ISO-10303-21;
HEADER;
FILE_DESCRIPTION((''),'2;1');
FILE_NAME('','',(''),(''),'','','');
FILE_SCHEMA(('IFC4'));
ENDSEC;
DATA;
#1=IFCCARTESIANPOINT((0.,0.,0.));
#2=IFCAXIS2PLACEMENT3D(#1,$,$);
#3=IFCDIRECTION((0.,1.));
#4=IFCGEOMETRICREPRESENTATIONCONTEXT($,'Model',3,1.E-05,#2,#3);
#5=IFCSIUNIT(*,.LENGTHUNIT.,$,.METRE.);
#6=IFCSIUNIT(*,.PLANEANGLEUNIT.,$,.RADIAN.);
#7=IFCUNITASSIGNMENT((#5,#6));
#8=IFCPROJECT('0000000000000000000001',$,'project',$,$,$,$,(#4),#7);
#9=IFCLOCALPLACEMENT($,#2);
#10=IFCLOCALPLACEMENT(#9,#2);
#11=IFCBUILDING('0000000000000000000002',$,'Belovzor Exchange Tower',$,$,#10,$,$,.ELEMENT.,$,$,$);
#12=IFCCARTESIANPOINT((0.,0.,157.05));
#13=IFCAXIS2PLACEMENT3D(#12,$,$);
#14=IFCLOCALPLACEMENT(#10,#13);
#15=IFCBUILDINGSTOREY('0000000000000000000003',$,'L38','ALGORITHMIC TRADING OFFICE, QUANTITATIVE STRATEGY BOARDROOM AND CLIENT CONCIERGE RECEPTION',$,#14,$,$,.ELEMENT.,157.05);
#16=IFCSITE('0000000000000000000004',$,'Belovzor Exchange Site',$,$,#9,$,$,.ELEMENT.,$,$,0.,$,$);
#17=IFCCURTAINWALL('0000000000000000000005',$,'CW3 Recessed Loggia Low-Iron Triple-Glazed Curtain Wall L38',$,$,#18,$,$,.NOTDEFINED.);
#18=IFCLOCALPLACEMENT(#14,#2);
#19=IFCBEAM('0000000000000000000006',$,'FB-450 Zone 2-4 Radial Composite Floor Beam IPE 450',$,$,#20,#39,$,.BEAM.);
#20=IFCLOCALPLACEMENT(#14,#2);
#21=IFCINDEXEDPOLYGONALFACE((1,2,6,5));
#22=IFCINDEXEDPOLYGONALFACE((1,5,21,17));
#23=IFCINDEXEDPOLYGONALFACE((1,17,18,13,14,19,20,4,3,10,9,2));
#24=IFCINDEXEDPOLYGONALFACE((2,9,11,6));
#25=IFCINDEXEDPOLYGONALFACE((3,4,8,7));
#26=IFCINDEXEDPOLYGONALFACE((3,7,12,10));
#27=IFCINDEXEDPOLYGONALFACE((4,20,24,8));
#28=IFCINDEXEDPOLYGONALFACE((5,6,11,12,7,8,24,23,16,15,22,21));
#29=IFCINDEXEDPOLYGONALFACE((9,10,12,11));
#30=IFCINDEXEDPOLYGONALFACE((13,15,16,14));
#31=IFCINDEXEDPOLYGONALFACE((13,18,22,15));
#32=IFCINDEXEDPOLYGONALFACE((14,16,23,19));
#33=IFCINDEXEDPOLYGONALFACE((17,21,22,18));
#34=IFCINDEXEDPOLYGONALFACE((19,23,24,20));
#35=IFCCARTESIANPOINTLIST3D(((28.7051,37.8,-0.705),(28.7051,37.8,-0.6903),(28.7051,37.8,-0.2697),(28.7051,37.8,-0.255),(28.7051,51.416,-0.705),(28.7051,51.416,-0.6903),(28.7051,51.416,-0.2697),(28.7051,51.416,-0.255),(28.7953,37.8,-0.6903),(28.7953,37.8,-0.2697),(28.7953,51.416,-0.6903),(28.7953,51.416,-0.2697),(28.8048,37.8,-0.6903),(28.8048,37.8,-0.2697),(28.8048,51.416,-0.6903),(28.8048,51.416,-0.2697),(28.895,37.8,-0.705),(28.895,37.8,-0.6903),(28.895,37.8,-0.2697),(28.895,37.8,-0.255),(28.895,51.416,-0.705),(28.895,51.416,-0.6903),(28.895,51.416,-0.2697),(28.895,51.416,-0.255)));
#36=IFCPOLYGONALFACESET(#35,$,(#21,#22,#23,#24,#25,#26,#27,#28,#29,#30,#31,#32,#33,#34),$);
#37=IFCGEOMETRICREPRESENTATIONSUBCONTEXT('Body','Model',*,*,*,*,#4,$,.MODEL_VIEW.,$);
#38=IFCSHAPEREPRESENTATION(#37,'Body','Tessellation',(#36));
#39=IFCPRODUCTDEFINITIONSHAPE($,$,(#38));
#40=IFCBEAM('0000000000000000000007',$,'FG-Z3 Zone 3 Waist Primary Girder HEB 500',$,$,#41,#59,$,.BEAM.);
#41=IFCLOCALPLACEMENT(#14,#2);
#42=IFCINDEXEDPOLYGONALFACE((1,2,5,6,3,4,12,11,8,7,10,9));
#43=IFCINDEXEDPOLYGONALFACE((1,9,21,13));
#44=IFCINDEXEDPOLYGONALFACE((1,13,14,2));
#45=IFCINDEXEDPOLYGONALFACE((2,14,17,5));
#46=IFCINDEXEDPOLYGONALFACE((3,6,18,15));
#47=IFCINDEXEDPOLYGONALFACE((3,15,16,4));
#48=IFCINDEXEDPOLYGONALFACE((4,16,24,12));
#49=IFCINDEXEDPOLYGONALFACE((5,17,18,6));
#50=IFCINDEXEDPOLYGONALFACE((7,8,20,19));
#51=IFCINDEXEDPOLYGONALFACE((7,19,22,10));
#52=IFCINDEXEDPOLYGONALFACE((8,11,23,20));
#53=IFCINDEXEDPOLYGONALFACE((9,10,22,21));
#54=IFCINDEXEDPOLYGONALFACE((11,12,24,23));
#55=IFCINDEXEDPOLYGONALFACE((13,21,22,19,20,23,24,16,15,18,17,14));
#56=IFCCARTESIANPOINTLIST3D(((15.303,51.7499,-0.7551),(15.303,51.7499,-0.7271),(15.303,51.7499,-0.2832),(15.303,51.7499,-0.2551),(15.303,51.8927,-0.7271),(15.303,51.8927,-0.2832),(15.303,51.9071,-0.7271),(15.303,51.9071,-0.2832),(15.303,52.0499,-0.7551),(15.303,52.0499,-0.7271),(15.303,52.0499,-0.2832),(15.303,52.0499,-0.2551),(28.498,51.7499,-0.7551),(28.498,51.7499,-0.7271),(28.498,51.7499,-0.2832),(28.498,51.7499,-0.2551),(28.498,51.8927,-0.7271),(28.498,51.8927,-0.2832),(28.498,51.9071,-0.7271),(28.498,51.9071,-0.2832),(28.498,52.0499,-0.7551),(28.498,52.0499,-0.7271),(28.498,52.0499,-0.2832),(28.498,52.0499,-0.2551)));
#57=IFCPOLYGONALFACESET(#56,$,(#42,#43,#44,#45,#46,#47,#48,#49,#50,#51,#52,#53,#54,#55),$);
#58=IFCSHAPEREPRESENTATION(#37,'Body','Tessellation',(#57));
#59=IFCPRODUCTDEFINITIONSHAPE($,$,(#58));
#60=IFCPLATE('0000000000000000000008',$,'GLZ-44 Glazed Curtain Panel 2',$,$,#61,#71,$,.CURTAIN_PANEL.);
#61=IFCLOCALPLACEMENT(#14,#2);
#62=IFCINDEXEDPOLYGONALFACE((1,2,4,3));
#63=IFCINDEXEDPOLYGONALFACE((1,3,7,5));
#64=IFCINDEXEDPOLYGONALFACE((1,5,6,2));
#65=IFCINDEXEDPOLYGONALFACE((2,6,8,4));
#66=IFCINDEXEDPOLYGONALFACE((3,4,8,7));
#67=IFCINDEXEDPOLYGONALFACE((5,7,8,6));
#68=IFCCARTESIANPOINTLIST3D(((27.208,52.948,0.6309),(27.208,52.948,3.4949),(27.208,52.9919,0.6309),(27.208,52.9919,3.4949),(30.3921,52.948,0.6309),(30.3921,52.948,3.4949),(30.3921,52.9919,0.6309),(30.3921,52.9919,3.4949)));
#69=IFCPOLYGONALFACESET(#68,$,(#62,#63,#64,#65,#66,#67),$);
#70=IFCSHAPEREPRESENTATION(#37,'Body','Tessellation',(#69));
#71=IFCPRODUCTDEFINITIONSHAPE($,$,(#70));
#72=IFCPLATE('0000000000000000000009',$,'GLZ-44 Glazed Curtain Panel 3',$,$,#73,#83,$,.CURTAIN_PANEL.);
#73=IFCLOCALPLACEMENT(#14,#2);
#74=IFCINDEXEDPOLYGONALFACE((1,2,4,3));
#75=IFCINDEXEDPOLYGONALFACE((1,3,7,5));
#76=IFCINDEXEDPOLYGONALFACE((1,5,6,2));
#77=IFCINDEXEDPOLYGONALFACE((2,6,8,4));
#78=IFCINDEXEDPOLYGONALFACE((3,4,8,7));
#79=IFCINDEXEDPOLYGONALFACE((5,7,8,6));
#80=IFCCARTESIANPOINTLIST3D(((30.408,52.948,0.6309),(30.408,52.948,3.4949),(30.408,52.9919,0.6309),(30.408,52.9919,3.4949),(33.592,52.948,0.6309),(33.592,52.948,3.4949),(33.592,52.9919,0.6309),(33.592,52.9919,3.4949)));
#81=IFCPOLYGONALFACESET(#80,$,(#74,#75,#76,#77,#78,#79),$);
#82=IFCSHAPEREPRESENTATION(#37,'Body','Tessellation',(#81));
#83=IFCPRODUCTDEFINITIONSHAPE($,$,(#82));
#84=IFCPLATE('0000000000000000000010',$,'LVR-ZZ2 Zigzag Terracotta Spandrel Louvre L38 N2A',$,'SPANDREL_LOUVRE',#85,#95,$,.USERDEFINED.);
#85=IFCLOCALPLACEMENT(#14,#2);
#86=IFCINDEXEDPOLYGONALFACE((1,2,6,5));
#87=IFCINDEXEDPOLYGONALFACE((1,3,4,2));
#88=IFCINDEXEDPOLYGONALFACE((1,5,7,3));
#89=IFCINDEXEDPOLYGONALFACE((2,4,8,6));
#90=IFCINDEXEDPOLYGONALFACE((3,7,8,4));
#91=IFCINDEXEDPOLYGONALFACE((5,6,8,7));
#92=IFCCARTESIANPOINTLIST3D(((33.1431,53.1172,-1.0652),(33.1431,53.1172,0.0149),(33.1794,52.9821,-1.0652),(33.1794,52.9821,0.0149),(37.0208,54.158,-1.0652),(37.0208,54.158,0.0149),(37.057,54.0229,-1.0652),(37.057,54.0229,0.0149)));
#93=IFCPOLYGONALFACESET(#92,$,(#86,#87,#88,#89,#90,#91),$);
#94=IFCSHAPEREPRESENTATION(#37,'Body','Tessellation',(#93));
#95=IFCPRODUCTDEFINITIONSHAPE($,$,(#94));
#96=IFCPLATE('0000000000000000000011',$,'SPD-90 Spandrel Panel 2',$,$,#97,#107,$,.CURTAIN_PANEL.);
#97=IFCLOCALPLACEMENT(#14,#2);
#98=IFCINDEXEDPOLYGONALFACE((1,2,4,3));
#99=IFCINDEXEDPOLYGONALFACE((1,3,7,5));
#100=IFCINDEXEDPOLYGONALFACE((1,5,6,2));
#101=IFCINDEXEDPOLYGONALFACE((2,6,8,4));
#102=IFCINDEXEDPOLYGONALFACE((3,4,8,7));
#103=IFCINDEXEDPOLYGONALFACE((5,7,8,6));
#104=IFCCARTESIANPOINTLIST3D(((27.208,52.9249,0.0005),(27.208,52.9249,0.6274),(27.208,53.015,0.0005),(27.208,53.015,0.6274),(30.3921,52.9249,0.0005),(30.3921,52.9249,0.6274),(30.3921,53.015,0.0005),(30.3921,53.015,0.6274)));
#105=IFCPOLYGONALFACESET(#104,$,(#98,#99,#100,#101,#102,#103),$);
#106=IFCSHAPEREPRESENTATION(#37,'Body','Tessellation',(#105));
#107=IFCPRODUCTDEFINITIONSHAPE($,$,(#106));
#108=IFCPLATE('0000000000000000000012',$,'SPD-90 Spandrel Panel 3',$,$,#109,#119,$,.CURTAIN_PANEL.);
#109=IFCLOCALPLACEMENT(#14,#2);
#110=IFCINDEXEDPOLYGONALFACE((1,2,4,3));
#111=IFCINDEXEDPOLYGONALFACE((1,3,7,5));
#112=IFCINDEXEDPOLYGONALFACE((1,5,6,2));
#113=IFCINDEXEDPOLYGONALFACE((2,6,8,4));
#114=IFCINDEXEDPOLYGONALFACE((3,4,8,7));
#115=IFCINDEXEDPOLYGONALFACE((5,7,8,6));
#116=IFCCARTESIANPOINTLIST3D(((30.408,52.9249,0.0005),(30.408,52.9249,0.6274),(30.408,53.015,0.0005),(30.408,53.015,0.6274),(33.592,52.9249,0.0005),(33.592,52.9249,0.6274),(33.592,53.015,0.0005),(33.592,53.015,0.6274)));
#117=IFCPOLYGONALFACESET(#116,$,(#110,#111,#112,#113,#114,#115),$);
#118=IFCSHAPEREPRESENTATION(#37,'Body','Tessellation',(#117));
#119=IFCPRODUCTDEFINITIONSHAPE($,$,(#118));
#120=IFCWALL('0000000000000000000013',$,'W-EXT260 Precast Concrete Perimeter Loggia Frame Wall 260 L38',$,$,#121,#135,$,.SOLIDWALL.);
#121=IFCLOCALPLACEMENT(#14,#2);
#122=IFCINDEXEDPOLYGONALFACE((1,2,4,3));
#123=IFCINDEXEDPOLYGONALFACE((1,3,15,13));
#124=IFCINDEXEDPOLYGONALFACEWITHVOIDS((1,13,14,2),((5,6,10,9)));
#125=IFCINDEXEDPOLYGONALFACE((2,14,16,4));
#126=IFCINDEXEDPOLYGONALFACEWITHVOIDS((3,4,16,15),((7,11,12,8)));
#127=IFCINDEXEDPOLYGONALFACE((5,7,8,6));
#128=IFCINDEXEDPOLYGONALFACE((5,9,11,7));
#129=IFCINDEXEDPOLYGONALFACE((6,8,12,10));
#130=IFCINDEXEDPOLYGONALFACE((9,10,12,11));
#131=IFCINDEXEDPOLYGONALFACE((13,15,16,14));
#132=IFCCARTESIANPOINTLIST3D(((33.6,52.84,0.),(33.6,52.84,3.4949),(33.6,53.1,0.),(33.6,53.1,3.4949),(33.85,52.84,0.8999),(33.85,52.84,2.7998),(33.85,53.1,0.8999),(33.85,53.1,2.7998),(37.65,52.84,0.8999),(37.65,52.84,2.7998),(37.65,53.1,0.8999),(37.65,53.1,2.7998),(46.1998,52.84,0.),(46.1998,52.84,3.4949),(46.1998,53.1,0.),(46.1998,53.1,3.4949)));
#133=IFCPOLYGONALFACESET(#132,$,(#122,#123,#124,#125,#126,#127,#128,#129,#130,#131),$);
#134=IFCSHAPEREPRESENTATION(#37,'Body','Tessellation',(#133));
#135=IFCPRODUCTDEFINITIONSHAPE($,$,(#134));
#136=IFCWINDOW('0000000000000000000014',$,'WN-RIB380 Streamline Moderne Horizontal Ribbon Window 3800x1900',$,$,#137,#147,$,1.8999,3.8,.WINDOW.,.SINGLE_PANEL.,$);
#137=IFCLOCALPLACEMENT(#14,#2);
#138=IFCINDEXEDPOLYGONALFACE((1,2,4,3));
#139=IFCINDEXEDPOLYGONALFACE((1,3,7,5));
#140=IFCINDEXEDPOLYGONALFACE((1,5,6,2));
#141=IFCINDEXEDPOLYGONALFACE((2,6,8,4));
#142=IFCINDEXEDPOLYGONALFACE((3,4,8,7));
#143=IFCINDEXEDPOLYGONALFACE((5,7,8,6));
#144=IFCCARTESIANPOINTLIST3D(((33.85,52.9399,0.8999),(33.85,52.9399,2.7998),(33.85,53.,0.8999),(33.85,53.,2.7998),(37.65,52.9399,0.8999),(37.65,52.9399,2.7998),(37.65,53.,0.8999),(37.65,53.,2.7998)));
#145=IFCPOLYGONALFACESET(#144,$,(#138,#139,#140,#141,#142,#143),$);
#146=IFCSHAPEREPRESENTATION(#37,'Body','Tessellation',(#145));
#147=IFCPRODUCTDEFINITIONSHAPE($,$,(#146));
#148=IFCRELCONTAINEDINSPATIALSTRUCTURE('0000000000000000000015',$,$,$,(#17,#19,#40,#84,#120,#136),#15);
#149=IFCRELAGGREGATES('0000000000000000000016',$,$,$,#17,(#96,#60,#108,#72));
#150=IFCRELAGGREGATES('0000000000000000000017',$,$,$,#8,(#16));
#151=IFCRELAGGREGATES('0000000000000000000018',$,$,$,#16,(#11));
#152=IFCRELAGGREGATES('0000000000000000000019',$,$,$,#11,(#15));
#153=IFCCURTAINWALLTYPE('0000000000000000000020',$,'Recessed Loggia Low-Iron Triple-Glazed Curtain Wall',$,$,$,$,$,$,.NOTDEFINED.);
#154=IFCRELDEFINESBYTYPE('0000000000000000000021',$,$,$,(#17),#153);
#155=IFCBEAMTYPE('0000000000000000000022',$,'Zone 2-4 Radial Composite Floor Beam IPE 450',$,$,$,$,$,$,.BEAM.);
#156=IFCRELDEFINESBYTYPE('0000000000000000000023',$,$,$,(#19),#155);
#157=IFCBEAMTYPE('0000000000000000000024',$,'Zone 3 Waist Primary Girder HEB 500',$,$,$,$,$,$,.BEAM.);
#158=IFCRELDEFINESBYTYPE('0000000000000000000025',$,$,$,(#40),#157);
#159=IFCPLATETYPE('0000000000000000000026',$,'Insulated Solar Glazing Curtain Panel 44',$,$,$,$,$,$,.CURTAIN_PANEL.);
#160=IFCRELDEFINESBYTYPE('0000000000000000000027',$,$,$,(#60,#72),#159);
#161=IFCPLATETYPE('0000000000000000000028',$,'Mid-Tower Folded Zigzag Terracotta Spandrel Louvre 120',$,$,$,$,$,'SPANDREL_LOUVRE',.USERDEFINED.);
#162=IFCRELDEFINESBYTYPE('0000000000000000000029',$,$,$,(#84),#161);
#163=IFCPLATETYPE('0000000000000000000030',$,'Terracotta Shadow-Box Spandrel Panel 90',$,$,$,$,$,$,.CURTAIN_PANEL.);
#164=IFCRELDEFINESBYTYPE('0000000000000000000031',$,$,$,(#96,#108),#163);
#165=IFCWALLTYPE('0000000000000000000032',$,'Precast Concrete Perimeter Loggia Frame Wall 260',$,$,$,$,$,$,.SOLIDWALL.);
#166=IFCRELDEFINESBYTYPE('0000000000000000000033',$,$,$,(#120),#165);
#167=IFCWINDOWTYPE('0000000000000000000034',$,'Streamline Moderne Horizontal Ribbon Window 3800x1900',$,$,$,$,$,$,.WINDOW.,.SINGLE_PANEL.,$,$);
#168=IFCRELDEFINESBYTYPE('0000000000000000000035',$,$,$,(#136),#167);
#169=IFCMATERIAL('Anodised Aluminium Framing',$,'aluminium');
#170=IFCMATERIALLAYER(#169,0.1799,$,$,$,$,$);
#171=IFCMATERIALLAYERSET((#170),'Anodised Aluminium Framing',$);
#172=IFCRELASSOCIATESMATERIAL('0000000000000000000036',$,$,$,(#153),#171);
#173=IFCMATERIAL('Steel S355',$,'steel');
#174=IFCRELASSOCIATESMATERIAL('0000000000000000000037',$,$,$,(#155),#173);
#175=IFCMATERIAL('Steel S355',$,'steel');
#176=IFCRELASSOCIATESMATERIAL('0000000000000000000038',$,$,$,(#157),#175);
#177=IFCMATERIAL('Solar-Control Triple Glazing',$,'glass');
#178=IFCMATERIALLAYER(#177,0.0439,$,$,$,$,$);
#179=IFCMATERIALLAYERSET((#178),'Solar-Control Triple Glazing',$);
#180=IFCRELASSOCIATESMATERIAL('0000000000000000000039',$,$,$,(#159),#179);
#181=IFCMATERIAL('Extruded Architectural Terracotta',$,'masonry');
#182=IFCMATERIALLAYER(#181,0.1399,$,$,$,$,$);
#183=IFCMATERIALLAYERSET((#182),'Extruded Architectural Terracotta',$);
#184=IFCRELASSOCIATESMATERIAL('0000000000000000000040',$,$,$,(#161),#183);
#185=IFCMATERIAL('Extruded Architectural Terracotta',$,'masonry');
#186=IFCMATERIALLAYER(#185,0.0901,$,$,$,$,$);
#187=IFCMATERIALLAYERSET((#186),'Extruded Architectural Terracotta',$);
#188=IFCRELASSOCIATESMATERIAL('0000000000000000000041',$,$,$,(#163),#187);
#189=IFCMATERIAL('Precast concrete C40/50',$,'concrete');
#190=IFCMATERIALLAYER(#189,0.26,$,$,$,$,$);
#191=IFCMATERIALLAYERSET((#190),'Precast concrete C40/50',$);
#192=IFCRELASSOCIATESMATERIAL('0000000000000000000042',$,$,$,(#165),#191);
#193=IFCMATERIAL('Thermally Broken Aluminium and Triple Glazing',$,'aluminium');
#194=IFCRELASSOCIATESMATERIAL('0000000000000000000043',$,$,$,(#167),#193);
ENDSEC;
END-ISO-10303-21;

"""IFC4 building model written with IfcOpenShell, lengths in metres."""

from ifc_helpers import new_model, si_unit, direction, frame, frame_2d, origin, origin_2d, place, context, subcontext, project, spatial, rectangle, i_section, extrude, material, layer, layer_set, material_profile, profile_set, type_object, element, fill, aggregate, save


model = new_model("IFC4")

# Units and contexts
model_context = context("Model", 3, precision=1e-05, world=origin(), true_north=direction((0.0, 1.0)))
body_context = subcontext(model_context, "Body", "Model", "MODEL_VIEW")
ifc_project = project(units=[si_unit("LENGTHUNIT", "METRE"), si_unit("PLANEANGLEUNIT", "RADIAN")], contexts=[model_context])

# Site, building, storey
site_placement = place(None, origin())
site = spatial("IfcSite", under=ifc_project, at=site_placement, Name="Belovzor Exchange Site", CompositionType="ELEMENT", RefElevation=0.0)
building_placement = place(site_placement, origin())
building = spatial("IfcBuilding", under=site, at=building_placement, Name="Belovzor Exchange Tower", CompositionType="ELEMENT")
storey_placement = place(building_placement, frame((0.0, 0.0, 157.05)))
storey = spatial("IfcBuildingStorey", under=building, at=storey_placement, Name="L38", Description="ALGORITHMIC TRADING OFFICE, QUANTITATIVE STRATEGY BOARDROOM AND CLIENT CONCIERGE RECEPTION", CompositionType="ELEMENT", Elevation=157.05)

# Curtain wall
ifc_material_1 = material(Name="Anodised Aluminium Framing", Category="aluminium")
ifc_layer_1 = layer(ifc_material_1, 0.1799)
ifc_layer_set_1 = layer_set([ifc_layer_1], Name="Anodised Aluminium Framing")
curtain_wall_type = type_object("IfcCurtainWallType", Name="Recessed Loggia Low-Iron Triple-Glazed Curtain Wall", PredefinedType="NOTDEFINED", material=ifc_layer_set_1)
curtain_wall_placement = place(storey_placement, origin())
curtain_wall = element("IfcCurtainWall", 1, at=curtain_wall_placement, inside=storey, type_object=curtain_wall_type, Name="CW3 Recessed Loggia Low-Iron Triple-Glazed Curtain Wall L38", PredefinedType="NOTDEFINED")

# Beams
ifc_material_2 = material(Name="Steel S355", Category="steel")
ifc_material_profile_1 = material_profile(ifc_material_2, i_section(OverallWidth=0.1899, OverallDepth=0.45, WebThickness=0.0095, FlangeThickness=0.0146, at=origin_2d()))
ifc_profile_set_1 = profile_set([ifc_material_profile_1], Name="Steel S355")
beam_type_1 = type_object("IfcBeamType", Name="Zone 2-4 Radial Composite Floor Beam IPE 450", PredefinedType="BEAM", material=ifc_profile_set_1)
beam_1_placement = place(storey_placement, frame((28.8, 37.8, -0.48), z_axis=(0.0, 1.0, 0.0), x_axis=(-1.0, 0.0, 0.0)))
element("IfcBeam", 2, at=beam_1_placement, inside=storey, type_object=beam_type_1, Name="FB-450 Zone 2-4 Radial Composite Floor Beam IPE 450", PredefinedType="BEAM", context=body_context, shape_type="SweptSolid", body=[
    extrude(i_section(OverallWidth=0.1899, OverallDepth=0.45, WebThickness=0.0095, FlangeThickness=0.0146, at=origin_2d()), origin(), (0.0, 0.0, 1.0), 13.616),
])
ifc_material_3 = material(Name="Steel S355", Category="steel")
ifc_material_profile_2 = material_profile(ifc_material_3, i_section(OverallWidth=0.3, OverallDepth=0.5, WebThickness=0.0144, FlangeThickness=0.0281, at=origin_2d()))
ifc_profile_set_2 = profile_set([ifc_material_profile_2], Name="Steel S355")
beam_type_2 = type_object("IfcBeamType", Name="Zone 3 Waist Primary Girder HEB 500", PredefinedType="BEAM", material=ifc_profile_set_2)
beam_2_placement = place(storey_placement, frame((28.498, 51.8999, -0.5051), z_axis=(-1.0, 0.0, 0.0), x_axis=(0.0, -1.0, 0.0)))
element("IfcBeam", 3, at=beam_2_placement, inside=storey, type_object=beam_type_2, Name="FG-Z3 Zone 3 Waist Primary Girder HEB 500", PredefinedType="BEAM", context=body_context, shape_type="SweptSolid", body=[
    extrude(i_section(OverallWidth=0.3, OverallDepth=0.5, WebThickness=0.0144, FlangeThickness=0.0281, at=origin_2d()), origin(), (0.0, 0.0, 1.0), 13.1951),
])

# Plates
ifc_material_4 = material(Name="Solar-Control Triple Glazing", Category="glass")
ifc_layer_2 = layer(ifc_material_4, 0.0439)
ifc_layer_set_2 = layer_set([ifc_layer_2], Name="Solar-Control Triple Glazing")
plate_type_1 = type_object("IfcPlateType", Name="Insulated Solar Glazing Curtain Panel 44", PredefinedType="CURTAIN_PANEL", material=ifc_layer_set_2)
plate_1_placement = place(storey_placement, frame((28.8, 52.97, 0.6309), z_axis=(0.0, 0.0, 1.0), x_axis=(1.0, 0.0, 0.0)))
plate_1 = element("IfcPlate", 4, at=plate_1_placement, type_object=plate_type_1, Name="GLZ-44 Glazed Curtain Panel 2", PredefinedType="CURTAIN_PANEL", context=body_context, shape_type="SweptSolid", body=[
    extrude(rectangle(XDim=3.1841, YDim=0.0439, at=origin_2d()), origin(), (0.0, 0.0, 1.0), 2.864),
])
plate_2_placement = place(storey_placement, frame((32.0, 52.97, 0.6309), z_axis=(0.0, 0.0, 1.0), x_axis=(1.0, 0.0, 0.0)))
plate_2 = element("IfcPlate", 5, at=plate_2_placement, type_object=plate_type_1, Name="GLZ-44 Glazed Curtain Panel 3", PredefinedType="CURTAIN_PANEL", context=body_context, shape_type="SweptSolid", body=[
    extrude(rectangle(XDim=3.1841, YDim=0.0439, at=origin_2d()), origin(), (0.0, 0.0, 1.0), 2.864),
])
ifc_material_5 = material(Name="Extruded Architectural Terracotta", Category="masonry")
ifc_layer_3 = layer(ifc_material_5, 0.1399)
ifc_layer_set_3 = layer_set([ifc_layer_3], Name="Extruded Architectural Terracotta")
plate_type_2 = type_object("IfcPlateType", Name="Mid-Tower Folded Zigzag Terracotta Spandrel Louvre 120", ElementType="SPANDREL_LOUVRE", PredefinedType="USERDEFINED", material=ifc_layer_set_3)
plate_3_placement = place(storey_placement, frame((35.1001, 53.5701, -1.0652), z_axis=(0.0, 0.0, 1.0), x_axis=(0.965813, 0.25924, 0.0)))
element("IfcPlate", 6, at=plate_3_placement, inside=storey, type_object=plate_type_2, Name="LVR-ZZ2 Zigzag Terracotta Spandrel Louvre L38 N2A", ObjectType="SPANDREL_LOUVRE", PredefinedType="USERDEFINED", context=body_context, shape_type="SweptSolid", body=[
    extrude(rectangle(XDim=4.0149, YDim=0.1399, at=origin_2d()), origin(), (0.0, 0.0, 1.0), 1.0801),
])
ifc_material_6 = material(Name="Extruded Architectural Terracotta", Category="masonry")
ifc_layer_4 = layer(ifc_material_6, 0.0901)
ifc_layer_set_4 = layer_set([ifc_layer_4], Name="Extruded Architectural Terracotta")
plate_type_3 = type_object("IfcPlateType", Name="Terracotta Shadow-Box Spandrel Panel 90", PredefinedType="CURTAIN_PANEL", material=ifc_layer_set_4)
plate_4_placement = place(storey_placement, frame((28.8, 52.97, 0.0005), z_axis=(0.0, 0.0, 1.0), x_axis=(1.0, 0.0, 0.0)))
plate_4 = element("IfcPlate", 7, at=plate_4_placement, type_object=plate_type_3, Name="SPD-90 Spandrel Panel 2", PredefinedType="CURTAIN_PANEL", context=body_context, shape_type="SweptSolid", body=[
    extrude(rectangle(XDim=3.1841, YDim=0.0901, at=origin_2d()), origin(), (0.0, 0.0, 1.0), 0.627),
])
plate_5_placement = place(storey_placement, frame((32.0, 52.97, 0.0005), z_axis=(0.0, 0.0, 1.0), x_axis=(1.0, 0.0, 0.0)))
plate_5 = element("IfcPlate", 8, at=plate_5_placement, type_object=plate_type_3, Name="SPD-90 Spandrel Panel 3", PredefinedType="CURTAIN_PANEL", context=body_context, shape_type="SweptSolid", body=[
    extrude(rectangle(XDim=3.1841, YDim=0.0901, at=origin_2d()), origin(), (0.0, 0.0, 1.0), 0.627),
])
aggregate(curtain_wall, [plate_4, plate_1, plate_5, plate_2])

# Wall, opening, window
ifc_material_7 = material(Name="Precast concrete C40/50", Category="concrete")
ifc_layer_5 = layer(ifc_material_7, 0.26)
ifc_layer_set_5 = layer_set([ifc_layer_5], Name="Precast concrete C40/50")
wall_type = type_object("IfcWallType", Name="Precast Concrete Perimeter Loggia Frame Wall 260", PredefinedType="SOLIDWALL", material=ifc_layer_set_5)
wall_placement = place(storey_placement, frame((33.6001, 52.97, 0.0), z_axis=(0.0, 0.0, 1.0), x_axis=(1.0, 0.0, 0.0)))
wall = element("IfcWall", 9, at=wall_placement, inside=storey, type_object=wall_type, Name="W-EXT260 Precast Concrete Perimeter Loggia Frame Wall 260 L38", PredefinedType="SOLIDWALL", context=body_context, shape_type="SweptSolid", body=[
    extrude(rectangle(XDim=12.5999, YDim=0.26, at=frame_2d((6.2998, 0.0))), origin(), (0.0, 0.0, 1.0), 3.4949),
])
opening_placement = place(wall_placement, frame((0.25, 0.0, 0.8999)))
opening = element("IfcOpeningElement", 10, at=opening_placement, cuts=wall, PredefinedType="OPENING", context=body_context, shape_type="SweptSolid", body=[
    extrude(rectangle(XDim=3.8, YDim=1.8999, at=frame_2d((1.8999, 0.95))), frame((0.0, 0.1399, 0.0), z_axis=(0.0, -1.0, 0.0), x_axis=(1.0, 0.0, 0.0)), (0.0, 0.0, 1.0), 0.28),
])
ifc_material_8 = material(Name="Thermally Broken Aluminium and Triple Glazing", Category="aluminium")
window_type = type_object("IfcWindowType", Name="Streamline Moderne Horizontal Ribbon Window 3800x1900", PartitioningType="SINGLE_PANEL", PredefinedType="WINDOW", material=ifc_material_8)
window_placement = place(opening_placement, origin())
window = element("IfcWindow", 11, at=window_placement, inside=storey, type_object=window_type, Name="WN-RIB380 Streamline Moderne Horizontal Ribbon Window 3800x1900", OverallHeight=1.8999, OverallWidth=3.8, PartitioningType="SINGLE_PANEL", PredefinedType="WINDOW", context=body_context, shape_type="SweptSolid", body=[
    extrude(rectangle(XDim=3.8, YDim=1.8999, at=frame_2d((1.8999, 0.95))), frame((0.0, 0.03, 0.0), z_axis=(0.0, -1.0, 0.0), x_axis=(1.0, 0.0, 0.0)), (0.0, 0.0, 1.0), 0.0601),
])
fill(opening, window)

save(model, "model.ifc")
